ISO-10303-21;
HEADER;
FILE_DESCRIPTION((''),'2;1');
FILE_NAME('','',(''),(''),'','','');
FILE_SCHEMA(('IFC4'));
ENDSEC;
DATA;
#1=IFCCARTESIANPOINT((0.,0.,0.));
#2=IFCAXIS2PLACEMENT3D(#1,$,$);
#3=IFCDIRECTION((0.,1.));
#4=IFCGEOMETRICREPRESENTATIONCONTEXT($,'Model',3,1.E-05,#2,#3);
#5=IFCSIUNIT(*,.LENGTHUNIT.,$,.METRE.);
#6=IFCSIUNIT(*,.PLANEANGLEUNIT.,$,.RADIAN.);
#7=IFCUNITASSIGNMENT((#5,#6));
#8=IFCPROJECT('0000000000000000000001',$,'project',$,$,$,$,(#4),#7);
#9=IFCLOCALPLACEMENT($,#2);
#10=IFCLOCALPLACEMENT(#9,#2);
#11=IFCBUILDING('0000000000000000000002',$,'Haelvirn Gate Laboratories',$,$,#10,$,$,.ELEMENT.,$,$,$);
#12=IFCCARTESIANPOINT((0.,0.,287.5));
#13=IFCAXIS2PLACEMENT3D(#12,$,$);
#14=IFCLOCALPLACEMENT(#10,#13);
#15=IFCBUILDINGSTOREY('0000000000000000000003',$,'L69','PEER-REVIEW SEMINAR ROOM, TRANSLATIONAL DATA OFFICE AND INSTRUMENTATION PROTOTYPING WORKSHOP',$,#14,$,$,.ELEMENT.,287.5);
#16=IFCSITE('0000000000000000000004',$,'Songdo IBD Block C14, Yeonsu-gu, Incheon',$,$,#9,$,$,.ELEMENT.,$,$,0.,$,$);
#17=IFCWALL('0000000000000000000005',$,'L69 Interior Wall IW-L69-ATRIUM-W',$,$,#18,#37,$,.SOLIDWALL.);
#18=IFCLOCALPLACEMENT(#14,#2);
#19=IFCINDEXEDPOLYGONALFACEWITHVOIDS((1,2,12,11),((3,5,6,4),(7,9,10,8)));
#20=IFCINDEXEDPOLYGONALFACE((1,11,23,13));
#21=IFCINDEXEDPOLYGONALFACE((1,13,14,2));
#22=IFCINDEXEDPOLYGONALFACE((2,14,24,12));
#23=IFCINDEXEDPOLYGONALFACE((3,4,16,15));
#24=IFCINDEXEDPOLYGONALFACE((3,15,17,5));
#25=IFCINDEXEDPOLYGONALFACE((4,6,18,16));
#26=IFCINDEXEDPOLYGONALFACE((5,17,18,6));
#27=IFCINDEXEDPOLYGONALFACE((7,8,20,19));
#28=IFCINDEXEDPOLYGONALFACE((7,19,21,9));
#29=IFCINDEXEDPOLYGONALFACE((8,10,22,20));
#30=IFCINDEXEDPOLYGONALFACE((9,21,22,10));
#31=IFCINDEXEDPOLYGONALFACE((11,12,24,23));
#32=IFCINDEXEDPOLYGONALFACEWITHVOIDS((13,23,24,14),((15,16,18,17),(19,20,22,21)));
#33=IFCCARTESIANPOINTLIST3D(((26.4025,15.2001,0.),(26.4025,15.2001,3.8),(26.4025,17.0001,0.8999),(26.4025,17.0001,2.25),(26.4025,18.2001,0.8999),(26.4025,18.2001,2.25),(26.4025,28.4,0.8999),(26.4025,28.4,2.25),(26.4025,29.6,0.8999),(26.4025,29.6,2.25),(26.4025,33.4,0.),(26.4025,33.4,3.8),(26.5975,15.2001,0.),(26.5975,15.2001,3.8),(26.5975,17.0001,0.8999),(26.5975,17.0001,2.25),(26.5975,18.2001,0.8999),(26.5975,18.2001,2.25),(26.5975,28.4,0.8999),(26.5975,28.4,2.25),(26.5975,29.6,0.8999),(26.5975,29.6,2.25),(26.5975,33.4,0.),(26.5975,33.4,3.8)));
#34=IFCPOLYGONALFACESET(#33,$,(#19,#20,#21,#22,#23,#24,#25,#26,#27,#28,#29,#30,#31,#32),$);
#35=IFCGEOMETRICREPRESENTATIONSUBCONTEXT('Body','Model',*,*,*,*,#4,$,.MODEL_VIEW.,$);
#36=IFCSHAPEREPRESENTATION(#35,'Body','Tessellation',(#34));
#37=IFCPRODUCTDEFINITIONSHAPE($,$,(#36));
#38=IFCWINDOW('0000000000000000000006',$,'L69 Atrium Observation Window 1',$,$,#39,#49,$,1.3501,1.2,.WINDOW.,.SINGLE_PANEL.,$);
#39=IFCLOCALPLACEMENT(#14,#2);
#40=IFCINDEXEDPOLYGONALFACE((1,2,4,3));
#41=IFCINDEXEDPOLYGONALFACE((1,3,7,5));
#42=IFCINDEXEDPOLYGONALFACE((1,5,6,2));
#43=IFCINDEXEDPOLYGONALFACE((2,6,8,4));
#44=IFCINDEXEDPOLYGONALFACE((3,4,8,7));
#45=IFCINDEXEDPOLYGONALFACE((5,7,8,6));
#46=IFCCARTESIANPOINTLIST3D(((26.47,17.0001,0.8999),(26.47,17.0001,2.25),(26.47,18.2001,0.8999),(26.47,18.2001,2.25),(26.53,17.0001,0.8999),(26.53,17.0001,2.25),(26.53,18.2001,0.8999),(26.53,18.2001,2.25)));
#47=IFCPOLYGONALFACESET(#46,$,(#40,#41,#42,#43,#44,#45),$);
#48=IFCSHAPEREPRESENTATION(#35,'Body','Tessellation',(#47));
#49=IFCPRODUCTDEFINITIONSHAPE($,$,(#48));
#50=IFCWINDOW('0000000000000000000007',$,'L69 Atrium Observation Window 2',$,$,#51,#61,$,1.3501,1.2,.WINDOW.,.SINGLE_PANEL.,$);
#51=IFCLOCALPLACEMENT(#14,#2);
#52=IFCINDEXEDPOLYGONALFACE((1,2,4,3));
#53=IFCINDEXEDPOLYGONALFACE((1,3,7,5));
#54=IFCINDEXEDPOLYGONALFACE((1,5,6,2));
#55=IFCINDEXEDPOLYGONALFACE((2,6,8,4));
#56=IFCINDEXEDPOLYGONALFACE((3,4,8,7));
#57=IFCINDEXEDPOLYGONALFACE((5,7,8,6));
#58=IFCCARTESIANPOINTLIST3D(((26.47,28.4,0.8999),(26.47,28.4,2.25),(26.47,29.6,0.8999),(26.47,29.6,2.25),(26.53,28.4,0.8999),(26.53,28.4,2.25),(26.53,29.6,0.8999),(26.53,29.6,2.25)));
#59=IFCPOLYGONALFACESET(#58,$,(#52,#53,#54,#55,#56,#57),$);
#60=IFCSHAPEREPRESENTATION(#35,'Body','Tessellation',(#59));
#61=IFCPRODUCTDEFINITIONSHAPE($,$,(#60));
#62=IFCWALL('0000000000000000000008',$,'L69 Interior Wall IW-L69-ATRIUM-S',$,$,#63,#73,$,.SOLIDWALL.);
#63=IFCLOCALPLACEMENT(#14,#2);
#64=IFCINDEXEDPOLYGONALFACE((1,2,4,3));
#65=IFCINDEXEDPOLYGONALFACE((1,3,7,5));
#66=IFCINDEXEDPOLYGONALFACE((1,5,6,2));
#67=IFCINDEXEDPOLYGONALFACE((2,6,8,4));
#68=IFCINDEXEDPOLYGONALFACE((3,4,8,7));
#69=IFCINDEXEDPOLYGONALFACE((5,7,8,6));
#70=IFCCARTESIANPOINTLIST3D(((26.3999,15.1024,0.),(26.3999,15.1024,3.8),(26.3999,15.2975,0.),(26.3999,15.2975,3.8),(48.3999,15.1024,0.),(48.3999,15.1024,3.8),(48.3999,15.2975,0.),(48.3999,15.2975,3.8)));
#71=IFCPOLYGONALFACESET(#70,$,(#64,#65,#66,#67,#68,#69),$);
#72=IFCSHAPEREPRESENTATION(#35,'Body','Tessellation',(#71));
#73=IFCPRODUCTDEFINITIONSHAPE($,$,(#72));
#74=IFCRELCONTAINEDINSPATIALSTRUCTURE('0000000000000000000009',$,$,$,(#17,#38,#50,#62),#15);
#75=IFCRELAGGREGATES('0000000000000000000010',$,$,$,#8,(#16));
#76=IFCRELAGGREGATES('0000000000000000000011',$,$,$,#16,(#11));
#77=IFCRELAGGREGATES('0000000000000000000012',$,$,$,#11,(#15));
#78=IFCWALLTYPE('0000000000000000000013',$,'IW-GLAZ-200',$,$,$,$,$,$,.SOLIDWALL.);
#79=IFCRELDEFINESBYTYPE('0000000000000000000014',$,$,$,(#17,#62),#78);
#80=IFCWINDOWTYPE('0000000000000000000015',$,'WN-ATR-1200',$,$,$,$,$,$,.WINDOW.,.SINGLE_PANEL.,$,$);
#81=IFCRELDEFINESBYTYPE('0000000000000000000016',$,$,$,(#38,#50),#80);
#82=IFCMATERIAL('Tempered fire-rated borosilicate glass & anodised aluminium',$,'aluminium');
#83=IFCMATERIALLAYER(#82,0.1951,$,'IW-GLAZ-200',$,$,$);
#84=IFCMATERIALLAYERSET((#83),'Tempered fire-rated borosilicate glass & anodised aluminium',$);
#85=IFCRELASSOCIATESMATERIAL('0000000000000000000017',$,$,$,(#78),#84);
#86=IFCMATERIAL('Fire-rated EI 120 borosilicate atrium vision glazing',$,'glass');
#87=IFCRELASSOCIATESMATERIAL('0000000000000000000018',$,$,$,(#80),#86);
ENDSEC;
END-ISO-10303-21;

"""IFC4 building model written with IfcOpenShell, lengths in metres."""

from ifc_helpers import new_model, si_unit, direction, frame, frame_2d, origin, place, context, subcontext, project, spatial, rectangle, extrude, source, transform, mapped, material, layer, layer_set, type_object, type_shapes, element, fill, save


model = new_model("IFC4")

# Units and contexts
model_context = context("Model", 3, precision=1e-05, world=origin(), true_north=direction((0.0, 1.0)))
body_context = subcontext(model_context, "Body", "Model", "MODEL_VIEW")
ifc_project = project(units=[si_unit("LENGTHUNIT", "METRE"), si_unit("PLANEANGLEUNIT", "RADIAN")], contexts=[model_context])

# Site, building, storey
site_placement = place(None, origin())
site = spatial("IfcSite", under=ifc_project, at=site_placement, Name="Songdo IBD Block C14, Yeonsu-gu, Incheon", CompositionType="ELEMENT", RefElevation=0.0)
building_placement = place(site_placement, origin())
building = spatial("IfcBuilding", under=site, at=building_placement, Name="Haelvirn Gate Laboratories", CompositionType="ELEMENT")
storey_placement = place(building_placement, frame((0.0, 0.0, 287.5)))
storey = spatial("IfcBuildingStorey", under=building, at=storey_placement, Name="L69", Description="PEER-REVIEW SEMINAR ROOM, TRANSLATIONAL DATA OFFICE AND INSTRUMENTATION PROTOTYPING WORKSHOP", CompositionType="ELEMENT", Elevation=287.5)

# Wall, openings, windows
ifc_material_1 = material(Name="Tempered fire-rated borosilicate glass & anodised aluminium", Category="aluminium")
ifc_layer_1 = layer(ifc_material_1, 0.1951, Name="IW-GLAZ-200")
ifc_layer_set_1 = layer_set([ifc_layer_1], Name="Tempered fire-rated borosilicate glass & anodised aluminium")
wall_type_1 = type_object("IfcWallType", Name="IW-GLAZ-200", PredefinedType="SOLIDWALL", material=ifc_layer_set_1)
wall_1_placement = place(storey_placement, frame((26.5, 15.2, 0.0), z_axis=(0.0, 0.0, 1.0), x_axis=(0.0, 1.0, 0.0)))
wall_1 = element("IfcWall", 1, at=wall_1_placement, inside=storey, type_object=wall_type_1, Name="L69 Interior Wall IW-L69-ATRIUM-W", PredefinedType="SOLIDWALL", context=body_context, shape_type="SweptSolid", body=[
    extrude(rectangle(XDim=18.2, YDim=0.1951, at=frame_2d((9.1001, 0.0))), origin(), (0.0, 0.0, 1.0), 3.8),
])
opening_1_placement = place(wall_1_placement, frame((1.8, 0.0, 0.8999)))
opening_1 = element("IfcOpeningElement", 2, at=opening_1_placement, cuts=wall_1, PredefinedType="OPENING", context=body_context, shape_type="SweptSolid", body=[
    extrude(rectangle(XDim=1.2, YDim=1.3501, at=frame_2d((0.6001, 0.675))), frame((0.0, 0.1074, 0.0), z_axis=(0.0, -1.0, 0.0), x_axis=(1.0, 0.0, 0.0)), (0.0, 0.0, 1.0), 0.2151),
])
opening_2_placement = place(wall_1_placement, frame((13.2, 0.0, 0.8999)))
opening_2 = element("IfcOpeningElement", 3, at=opening_2_placement, cuts=wall_1, PredefinedType="OPENING", context=body_context, shape_type="SweptSolid", body=[
    extrude(rectangle(XDim=1.2, YDim=1.3501, at=frame_2d((0.6001, 0.675))), frame((0.0, 0.1074, 0.0), z_axis=(0.0, -1.0, 0.0), x_axis=(1.0, 0.0, 0.0)), (0.0, 0.0, 1.0), 0.2151),
])
ifc_material_2 = material(Name="Fire-rated EI 120 borosilicate atrium vision glazing", Category="glass")
window_type = type_object("IfcWindowType", Name="WN-ATR-1200", PartitioningType="SINGLE_PANEL", PredefinedType="WINDOW", material=ifc_material_2)
shared_shape_1 = source(origin(), body_context, "Body", "SweptSolid", [
    extrude(rectangle(XDim=1.2, YDim=1.3501, at=frame_2d((0.6001, 0.675))), frame((0.0, 0.03, 0.0), z_axis=(0.0, -1.0, 0.0), x_axis=(1.0, 0.0, 0.0)), (0.0, 0.0, 1.0), 0.0601),
])
type_shapes(window_type, [shared_shape_1])
window_1_placement = place(opening_1_placement, origin())
window_1 = element("IfcWindow", 4, at=window_1_placement, inside=storey, type_object=window_type, Name="L69 Atrium Observation Window 1", OverallHeight=1.3501, OverallWidth=1.2, PartitioningType="SINGLE_PANEL", PredefinedType="WINDOW", context=body_context, shape_type="MappedRepresentation", body=[
    mapped(shared_shape_1, transform((0.0, 0.0, 0.0), scale=1.0)),
])
fill(opening_1, window_1)
window_2_placement = place(opening_2_placement, origin())
window_2 = element("IfcWindow", 5, at=window_2_placement, inside=storey, type_object=window_type, Name="L69 Atrium Observation Window 2", OverallHeight=1.3501, OverallWidth=1.2, PartitioningType="SINGLE_PANEL", PredefinedType="WINDOW", context=body_context, shape_type="MappedRepresentation", body=[
    mapped(shared_shape_1, transform((0.0, 0.0, 0.0), scale=1.0)),
])
fill(opening_2, window_2)

# Wall
wall_2_placement = place(storey_placement, frame((26.3999, 15.2, 0.0), z_axis=(0.0, 0.0, 1.0), x_axis=(1.0, 0.0, 0.0)))
element("IfcWall", 6, at=wall_2_placement, inside=storey, type_object=wall_type_1, Name="L69 Interior Wall IW-L69-ATRIUM-S", PredefinedType="SOLIDWALL", context=body_context, shape_type="SweptSolid", body=[
    extrude(rectangle(XDim=22.0, YDim=0.1951, at=frame_2d((11.0, 0.0))), origin(), (0.0, 0.0, 1.0), 3.8),
])

save(model, "model.ifc")
